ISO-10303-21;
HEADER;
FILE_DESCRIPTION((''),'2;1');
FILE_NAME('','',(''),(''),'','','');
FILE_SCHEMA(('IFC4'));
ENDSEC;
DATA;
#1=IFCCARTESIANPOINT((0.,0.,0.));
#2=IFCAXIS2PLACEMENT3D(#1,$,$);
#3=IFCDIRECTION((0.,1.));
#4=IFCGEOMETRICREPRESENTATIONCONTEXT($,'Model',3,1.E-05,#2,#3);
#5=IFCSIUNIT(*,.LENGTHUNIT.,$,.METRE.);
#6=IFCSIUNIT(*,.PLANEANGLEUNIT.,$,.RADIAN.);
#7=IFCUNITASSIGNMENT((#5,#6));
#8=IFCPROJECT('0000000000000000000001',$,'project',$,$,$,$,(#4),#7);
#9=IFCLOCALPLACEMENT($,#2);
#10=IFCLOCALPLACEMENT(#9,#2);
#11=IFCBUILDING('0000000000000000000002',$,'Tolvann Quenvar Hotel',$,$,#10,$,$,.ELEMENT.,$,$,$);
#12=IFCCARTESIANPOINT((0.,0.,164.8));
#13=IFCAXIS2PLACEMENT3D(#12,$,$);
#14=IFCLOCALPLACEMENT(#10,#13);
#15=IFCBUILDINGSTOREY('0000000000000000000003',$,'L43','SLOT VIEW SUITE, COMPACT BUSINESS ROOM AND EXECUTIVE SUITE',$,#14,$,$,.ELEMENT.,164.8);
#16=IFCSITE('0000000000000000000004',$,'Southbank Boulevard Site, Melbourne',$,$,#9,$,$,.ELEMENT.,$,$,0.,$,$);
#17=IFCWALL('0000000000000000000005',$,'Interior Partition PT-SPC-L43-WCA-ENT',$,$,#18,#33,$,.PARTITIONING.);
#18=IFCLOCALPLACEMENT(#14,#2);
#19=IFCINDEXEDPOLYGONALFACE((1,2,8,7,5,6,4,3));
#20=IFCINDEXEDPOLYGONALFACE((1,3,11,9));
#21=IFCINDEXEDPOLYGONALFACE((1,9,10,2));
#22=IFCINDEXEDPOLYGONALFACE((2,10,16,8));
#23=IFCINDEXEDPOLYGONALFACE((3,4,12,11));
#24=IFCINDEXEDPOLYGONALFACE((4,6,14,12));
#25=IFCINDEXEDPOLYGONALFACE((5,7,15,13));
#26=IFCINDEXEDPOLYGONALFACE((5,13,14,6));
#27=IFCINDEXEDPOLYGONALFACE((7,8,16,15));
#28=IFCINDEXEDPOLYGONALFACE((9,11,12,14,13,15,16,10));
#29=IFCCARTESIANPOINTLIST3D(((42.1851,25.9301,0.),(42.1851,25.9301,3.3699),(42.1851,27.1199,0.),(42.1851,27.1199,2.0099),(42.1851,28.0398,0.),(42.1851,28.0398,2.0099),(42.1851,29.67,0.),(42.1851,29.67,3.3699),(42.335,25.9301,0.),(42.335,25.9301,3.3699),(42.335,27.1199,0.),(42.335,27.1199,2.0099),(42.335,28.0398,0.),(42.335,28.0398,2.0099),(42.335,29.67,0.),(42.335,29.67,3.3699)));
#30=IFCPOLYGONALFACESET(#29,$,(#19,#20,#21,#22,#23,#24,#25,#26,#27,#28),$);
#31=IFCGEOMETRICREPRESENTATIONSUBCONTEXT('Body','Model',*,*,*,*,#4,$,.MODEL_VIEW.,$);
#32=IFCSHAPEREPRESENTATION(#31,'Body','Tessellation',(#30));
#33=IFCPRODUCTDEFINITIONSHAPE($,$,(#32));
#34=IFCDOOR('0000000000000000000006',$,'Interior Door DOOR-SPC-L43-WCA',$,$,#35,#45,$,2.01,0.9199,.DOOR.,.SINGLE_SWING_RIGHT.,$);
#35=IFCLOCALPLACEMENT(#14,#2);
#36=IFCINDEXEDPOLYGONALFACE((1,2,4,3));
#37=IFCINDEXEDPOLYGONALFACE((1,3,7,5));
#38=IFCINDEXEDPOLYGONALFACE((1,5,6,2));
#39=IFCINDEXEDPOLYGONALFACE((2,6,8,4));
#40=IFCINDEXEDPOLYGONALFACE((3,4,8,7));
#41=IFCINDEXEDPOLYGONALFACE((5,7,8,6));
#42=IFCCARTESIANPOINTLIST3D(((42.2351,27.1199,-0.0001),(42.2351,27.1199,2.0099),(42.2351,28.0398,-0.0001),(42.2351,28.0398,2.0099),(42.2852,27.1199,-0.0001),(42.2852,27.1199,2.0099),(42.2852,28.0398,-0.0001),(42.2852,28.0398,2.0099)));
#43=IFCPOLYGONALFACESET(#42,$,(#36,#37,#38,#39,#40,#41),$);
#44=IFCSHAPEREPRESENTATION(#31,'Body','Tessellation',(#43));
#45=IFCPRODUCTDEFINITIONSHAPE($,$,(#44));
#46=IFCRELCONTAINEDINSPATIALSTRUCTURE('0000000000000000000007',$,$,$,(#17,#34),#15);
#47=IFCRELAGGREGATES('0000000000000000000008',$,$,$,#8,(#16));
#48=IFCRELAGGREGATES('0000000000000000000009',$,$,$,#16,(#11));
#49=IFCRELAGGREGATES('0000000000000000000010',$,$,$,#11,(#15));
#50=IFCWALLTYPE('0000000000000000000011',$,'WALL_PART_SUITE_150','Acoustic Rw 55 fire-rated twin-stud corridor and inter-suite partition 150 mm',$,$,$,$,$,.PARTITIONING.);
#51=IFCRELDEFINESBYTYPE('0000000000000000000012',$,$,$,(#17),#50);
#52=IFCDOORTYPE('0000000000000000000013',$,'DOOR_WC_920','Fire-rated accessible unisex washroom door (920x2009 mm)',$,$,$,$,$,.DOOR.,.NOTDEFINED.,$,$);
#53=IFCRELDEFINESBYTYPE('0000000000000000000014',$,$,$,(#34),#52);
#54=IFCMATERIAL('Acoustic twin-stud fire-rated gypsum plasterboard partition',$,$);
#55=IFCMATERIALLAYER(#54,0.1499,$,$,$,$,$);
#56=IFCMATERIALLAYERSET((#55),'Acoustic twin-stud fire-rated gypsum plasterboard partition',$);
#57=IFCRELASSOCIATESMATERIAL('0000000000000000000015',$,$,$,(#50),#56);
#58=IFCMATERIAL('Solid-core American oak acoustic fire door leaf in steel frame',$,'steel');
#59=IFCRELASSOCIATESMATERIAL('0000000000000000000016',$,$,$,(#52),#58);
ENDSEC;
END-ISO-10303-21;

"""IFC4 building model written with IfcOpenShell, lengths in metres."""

from ifc_helpers import new_model, si_unit, direction, frame, frame_2d, origin, place, context, subcontext, project, spatial, rectangle, extrude, source, transform, mapped, material, layer, layer_set, type_object, type_shapes, element, fill, save


model = new_model("IFC4")

# Units and contexts
model_context = context("Model", 3, precision=1e-05, world=origin(), true_north=direction((0.0, 1.0)))
body_context = subcontext(model_context, "Body", "Model", "MODEL_VIEW")
ifc_project = project(units=[si_unit("LENGTHUNIT", "METRE"), si_unit("PLANEANGLEUNIT", "RADIAN")], contexts=[model_context])

# Site, building, storey
site_placement = place(None, origin())
site = spatial("IfcSite", under=ifc_project, at=site_placement, Name="Southbank Boulevard Site, Melbourne", CompositionType="ELEMENT", RefElevation=0.0)
building_placement = place(site_placement, origin())
building = spatial("IfcBuilding", under=site, at=building_placement, Name="Tolvann Quenvar Hotel", CompositionType="ELEMENT")
storey_placement = place(building_placement, frame((0.0, 0.0, 164.8)))
storey = spatial("IfcBuildingStorey", under=building, at=storey_placement, Name="L43", Description="SLOT VIEW SUITE, COMPACT BUSINESS ROOM AND EXECUTIVE SUITE", CompositionType="ELEMENT", Elevation=164.8)

# Shared definitions
ifc_material_1 = material(Name="Acoustic twin-stud fire-rated gypsum plasterboard partition")
ifc_layer = layer(ifc_material_1, 0.1499)
ifc_layer_set = layer_set([ifc_layer], Name="Acoustic twin-stud fire-rated gypsum plasterboard partition")
wall_type = type_object("IfcWallType", Name="WALL_PART_SUITE_150", Description="Acoustic Rw 55 fire-rated twin-stud corridor and inter-suite partition 150 mm", PredefinedType="PARTITIONING", material=ifc_layer_set)
ifc_material_2 = material(Name="Solid-core American oak acoustic fire door leaf in steel frame", Category="steel")
door_type_1 = type_object("IfcDoorType", Name="DOOR_WC_920", Description="Fire-rated accessible unisex washroom door (920x2009 mm)", OperationType="NOTDEFINED", PredefinedType="DOOR", material=ifc_material_2)
shared_shape_1 = source(origin(), body_context, "Body", "SweptSolid", [
    extrude(rectangle(XDim=0.9199, YDim=2.01, at=frame_2d((0.46, 1.0049))), frame((0.0, 0.0249, 0.0), z_axis=(0.0, -1.0, 0.0), x_axis=(1.0, 0.0, 0.0)), (0.0, 0.0, 1.0), 0.05),
])
type_shapes(door_type_1, [shared_shape_1])

# Wall, opening, door
wall_1_placement = place(storey_placement, frame((42.26, 25.9299, 0.0), z_axis=(0.0, 0.0, 1.0), x_axis=(0.0, 1.0, 0.0)))
wall_1 = element("IfcWall", 1, at=wall_1_placement, inside=storey, type_object=wall_type, Name="Interior Partition PT-SPC-L43-WCA-ENT", PredefinedType="PARTITIONING", context=body_context, shape_type="SweptSolid", body=[
    extrude(rectangle(XDim=3.74, YDim=0.1499, at=frame_2d((1.8701, 0.0))), origin(), (0.0, 0.0, 1.0), 3.3699),
])
opening_1_placement = place(wall_1_placement, frame((1.1899, 0.0, 0.0)))
opening_1 = element("IfcOpeningElement", 2, at=opening_1_placement, cuts=wall_1, PredefinedType="OPENING", context=body_context, shape_type="SweptSolid", body=[
    extrude(rectangle(XDim=0.9199, YDim=2.01, at=frame_2d((0.46, 1.0049))), frame((0.0, 0.085, 0.0), z_axis=(0.0, -1.0, 0.0), x_axis=(1.0, 0.0, 0.0)), (0.0, 0.0, 1.0), 0.1699),
])
door_1_placement = place(opening_1_placement, origin())
door_1 = element("IfcDoor", 3, at=door_1_placement, inside=storey, type_object=door_type_1, Name="Interior Door DOOR-SPC-L43-WCA", OperationType="SINGLE_SWING_RIGHT", OverallHeight=2.01, OverallWidth=0.9199, PredefinedType="DOOR", context=body_context, shape_type="MappedRepresentation", body=[
    mapped(shared_shape_1, transform((0.0, 0.0, 0.0), x_axis=(1.0, 0.0, 0.0), y_axis=(0.0, 1.0, 0.0), z_axis=(0.0, 0.0, 1.0), scale=1.0)),
])
fill(opening_1, door_1)

save(model, "model.ifc")
